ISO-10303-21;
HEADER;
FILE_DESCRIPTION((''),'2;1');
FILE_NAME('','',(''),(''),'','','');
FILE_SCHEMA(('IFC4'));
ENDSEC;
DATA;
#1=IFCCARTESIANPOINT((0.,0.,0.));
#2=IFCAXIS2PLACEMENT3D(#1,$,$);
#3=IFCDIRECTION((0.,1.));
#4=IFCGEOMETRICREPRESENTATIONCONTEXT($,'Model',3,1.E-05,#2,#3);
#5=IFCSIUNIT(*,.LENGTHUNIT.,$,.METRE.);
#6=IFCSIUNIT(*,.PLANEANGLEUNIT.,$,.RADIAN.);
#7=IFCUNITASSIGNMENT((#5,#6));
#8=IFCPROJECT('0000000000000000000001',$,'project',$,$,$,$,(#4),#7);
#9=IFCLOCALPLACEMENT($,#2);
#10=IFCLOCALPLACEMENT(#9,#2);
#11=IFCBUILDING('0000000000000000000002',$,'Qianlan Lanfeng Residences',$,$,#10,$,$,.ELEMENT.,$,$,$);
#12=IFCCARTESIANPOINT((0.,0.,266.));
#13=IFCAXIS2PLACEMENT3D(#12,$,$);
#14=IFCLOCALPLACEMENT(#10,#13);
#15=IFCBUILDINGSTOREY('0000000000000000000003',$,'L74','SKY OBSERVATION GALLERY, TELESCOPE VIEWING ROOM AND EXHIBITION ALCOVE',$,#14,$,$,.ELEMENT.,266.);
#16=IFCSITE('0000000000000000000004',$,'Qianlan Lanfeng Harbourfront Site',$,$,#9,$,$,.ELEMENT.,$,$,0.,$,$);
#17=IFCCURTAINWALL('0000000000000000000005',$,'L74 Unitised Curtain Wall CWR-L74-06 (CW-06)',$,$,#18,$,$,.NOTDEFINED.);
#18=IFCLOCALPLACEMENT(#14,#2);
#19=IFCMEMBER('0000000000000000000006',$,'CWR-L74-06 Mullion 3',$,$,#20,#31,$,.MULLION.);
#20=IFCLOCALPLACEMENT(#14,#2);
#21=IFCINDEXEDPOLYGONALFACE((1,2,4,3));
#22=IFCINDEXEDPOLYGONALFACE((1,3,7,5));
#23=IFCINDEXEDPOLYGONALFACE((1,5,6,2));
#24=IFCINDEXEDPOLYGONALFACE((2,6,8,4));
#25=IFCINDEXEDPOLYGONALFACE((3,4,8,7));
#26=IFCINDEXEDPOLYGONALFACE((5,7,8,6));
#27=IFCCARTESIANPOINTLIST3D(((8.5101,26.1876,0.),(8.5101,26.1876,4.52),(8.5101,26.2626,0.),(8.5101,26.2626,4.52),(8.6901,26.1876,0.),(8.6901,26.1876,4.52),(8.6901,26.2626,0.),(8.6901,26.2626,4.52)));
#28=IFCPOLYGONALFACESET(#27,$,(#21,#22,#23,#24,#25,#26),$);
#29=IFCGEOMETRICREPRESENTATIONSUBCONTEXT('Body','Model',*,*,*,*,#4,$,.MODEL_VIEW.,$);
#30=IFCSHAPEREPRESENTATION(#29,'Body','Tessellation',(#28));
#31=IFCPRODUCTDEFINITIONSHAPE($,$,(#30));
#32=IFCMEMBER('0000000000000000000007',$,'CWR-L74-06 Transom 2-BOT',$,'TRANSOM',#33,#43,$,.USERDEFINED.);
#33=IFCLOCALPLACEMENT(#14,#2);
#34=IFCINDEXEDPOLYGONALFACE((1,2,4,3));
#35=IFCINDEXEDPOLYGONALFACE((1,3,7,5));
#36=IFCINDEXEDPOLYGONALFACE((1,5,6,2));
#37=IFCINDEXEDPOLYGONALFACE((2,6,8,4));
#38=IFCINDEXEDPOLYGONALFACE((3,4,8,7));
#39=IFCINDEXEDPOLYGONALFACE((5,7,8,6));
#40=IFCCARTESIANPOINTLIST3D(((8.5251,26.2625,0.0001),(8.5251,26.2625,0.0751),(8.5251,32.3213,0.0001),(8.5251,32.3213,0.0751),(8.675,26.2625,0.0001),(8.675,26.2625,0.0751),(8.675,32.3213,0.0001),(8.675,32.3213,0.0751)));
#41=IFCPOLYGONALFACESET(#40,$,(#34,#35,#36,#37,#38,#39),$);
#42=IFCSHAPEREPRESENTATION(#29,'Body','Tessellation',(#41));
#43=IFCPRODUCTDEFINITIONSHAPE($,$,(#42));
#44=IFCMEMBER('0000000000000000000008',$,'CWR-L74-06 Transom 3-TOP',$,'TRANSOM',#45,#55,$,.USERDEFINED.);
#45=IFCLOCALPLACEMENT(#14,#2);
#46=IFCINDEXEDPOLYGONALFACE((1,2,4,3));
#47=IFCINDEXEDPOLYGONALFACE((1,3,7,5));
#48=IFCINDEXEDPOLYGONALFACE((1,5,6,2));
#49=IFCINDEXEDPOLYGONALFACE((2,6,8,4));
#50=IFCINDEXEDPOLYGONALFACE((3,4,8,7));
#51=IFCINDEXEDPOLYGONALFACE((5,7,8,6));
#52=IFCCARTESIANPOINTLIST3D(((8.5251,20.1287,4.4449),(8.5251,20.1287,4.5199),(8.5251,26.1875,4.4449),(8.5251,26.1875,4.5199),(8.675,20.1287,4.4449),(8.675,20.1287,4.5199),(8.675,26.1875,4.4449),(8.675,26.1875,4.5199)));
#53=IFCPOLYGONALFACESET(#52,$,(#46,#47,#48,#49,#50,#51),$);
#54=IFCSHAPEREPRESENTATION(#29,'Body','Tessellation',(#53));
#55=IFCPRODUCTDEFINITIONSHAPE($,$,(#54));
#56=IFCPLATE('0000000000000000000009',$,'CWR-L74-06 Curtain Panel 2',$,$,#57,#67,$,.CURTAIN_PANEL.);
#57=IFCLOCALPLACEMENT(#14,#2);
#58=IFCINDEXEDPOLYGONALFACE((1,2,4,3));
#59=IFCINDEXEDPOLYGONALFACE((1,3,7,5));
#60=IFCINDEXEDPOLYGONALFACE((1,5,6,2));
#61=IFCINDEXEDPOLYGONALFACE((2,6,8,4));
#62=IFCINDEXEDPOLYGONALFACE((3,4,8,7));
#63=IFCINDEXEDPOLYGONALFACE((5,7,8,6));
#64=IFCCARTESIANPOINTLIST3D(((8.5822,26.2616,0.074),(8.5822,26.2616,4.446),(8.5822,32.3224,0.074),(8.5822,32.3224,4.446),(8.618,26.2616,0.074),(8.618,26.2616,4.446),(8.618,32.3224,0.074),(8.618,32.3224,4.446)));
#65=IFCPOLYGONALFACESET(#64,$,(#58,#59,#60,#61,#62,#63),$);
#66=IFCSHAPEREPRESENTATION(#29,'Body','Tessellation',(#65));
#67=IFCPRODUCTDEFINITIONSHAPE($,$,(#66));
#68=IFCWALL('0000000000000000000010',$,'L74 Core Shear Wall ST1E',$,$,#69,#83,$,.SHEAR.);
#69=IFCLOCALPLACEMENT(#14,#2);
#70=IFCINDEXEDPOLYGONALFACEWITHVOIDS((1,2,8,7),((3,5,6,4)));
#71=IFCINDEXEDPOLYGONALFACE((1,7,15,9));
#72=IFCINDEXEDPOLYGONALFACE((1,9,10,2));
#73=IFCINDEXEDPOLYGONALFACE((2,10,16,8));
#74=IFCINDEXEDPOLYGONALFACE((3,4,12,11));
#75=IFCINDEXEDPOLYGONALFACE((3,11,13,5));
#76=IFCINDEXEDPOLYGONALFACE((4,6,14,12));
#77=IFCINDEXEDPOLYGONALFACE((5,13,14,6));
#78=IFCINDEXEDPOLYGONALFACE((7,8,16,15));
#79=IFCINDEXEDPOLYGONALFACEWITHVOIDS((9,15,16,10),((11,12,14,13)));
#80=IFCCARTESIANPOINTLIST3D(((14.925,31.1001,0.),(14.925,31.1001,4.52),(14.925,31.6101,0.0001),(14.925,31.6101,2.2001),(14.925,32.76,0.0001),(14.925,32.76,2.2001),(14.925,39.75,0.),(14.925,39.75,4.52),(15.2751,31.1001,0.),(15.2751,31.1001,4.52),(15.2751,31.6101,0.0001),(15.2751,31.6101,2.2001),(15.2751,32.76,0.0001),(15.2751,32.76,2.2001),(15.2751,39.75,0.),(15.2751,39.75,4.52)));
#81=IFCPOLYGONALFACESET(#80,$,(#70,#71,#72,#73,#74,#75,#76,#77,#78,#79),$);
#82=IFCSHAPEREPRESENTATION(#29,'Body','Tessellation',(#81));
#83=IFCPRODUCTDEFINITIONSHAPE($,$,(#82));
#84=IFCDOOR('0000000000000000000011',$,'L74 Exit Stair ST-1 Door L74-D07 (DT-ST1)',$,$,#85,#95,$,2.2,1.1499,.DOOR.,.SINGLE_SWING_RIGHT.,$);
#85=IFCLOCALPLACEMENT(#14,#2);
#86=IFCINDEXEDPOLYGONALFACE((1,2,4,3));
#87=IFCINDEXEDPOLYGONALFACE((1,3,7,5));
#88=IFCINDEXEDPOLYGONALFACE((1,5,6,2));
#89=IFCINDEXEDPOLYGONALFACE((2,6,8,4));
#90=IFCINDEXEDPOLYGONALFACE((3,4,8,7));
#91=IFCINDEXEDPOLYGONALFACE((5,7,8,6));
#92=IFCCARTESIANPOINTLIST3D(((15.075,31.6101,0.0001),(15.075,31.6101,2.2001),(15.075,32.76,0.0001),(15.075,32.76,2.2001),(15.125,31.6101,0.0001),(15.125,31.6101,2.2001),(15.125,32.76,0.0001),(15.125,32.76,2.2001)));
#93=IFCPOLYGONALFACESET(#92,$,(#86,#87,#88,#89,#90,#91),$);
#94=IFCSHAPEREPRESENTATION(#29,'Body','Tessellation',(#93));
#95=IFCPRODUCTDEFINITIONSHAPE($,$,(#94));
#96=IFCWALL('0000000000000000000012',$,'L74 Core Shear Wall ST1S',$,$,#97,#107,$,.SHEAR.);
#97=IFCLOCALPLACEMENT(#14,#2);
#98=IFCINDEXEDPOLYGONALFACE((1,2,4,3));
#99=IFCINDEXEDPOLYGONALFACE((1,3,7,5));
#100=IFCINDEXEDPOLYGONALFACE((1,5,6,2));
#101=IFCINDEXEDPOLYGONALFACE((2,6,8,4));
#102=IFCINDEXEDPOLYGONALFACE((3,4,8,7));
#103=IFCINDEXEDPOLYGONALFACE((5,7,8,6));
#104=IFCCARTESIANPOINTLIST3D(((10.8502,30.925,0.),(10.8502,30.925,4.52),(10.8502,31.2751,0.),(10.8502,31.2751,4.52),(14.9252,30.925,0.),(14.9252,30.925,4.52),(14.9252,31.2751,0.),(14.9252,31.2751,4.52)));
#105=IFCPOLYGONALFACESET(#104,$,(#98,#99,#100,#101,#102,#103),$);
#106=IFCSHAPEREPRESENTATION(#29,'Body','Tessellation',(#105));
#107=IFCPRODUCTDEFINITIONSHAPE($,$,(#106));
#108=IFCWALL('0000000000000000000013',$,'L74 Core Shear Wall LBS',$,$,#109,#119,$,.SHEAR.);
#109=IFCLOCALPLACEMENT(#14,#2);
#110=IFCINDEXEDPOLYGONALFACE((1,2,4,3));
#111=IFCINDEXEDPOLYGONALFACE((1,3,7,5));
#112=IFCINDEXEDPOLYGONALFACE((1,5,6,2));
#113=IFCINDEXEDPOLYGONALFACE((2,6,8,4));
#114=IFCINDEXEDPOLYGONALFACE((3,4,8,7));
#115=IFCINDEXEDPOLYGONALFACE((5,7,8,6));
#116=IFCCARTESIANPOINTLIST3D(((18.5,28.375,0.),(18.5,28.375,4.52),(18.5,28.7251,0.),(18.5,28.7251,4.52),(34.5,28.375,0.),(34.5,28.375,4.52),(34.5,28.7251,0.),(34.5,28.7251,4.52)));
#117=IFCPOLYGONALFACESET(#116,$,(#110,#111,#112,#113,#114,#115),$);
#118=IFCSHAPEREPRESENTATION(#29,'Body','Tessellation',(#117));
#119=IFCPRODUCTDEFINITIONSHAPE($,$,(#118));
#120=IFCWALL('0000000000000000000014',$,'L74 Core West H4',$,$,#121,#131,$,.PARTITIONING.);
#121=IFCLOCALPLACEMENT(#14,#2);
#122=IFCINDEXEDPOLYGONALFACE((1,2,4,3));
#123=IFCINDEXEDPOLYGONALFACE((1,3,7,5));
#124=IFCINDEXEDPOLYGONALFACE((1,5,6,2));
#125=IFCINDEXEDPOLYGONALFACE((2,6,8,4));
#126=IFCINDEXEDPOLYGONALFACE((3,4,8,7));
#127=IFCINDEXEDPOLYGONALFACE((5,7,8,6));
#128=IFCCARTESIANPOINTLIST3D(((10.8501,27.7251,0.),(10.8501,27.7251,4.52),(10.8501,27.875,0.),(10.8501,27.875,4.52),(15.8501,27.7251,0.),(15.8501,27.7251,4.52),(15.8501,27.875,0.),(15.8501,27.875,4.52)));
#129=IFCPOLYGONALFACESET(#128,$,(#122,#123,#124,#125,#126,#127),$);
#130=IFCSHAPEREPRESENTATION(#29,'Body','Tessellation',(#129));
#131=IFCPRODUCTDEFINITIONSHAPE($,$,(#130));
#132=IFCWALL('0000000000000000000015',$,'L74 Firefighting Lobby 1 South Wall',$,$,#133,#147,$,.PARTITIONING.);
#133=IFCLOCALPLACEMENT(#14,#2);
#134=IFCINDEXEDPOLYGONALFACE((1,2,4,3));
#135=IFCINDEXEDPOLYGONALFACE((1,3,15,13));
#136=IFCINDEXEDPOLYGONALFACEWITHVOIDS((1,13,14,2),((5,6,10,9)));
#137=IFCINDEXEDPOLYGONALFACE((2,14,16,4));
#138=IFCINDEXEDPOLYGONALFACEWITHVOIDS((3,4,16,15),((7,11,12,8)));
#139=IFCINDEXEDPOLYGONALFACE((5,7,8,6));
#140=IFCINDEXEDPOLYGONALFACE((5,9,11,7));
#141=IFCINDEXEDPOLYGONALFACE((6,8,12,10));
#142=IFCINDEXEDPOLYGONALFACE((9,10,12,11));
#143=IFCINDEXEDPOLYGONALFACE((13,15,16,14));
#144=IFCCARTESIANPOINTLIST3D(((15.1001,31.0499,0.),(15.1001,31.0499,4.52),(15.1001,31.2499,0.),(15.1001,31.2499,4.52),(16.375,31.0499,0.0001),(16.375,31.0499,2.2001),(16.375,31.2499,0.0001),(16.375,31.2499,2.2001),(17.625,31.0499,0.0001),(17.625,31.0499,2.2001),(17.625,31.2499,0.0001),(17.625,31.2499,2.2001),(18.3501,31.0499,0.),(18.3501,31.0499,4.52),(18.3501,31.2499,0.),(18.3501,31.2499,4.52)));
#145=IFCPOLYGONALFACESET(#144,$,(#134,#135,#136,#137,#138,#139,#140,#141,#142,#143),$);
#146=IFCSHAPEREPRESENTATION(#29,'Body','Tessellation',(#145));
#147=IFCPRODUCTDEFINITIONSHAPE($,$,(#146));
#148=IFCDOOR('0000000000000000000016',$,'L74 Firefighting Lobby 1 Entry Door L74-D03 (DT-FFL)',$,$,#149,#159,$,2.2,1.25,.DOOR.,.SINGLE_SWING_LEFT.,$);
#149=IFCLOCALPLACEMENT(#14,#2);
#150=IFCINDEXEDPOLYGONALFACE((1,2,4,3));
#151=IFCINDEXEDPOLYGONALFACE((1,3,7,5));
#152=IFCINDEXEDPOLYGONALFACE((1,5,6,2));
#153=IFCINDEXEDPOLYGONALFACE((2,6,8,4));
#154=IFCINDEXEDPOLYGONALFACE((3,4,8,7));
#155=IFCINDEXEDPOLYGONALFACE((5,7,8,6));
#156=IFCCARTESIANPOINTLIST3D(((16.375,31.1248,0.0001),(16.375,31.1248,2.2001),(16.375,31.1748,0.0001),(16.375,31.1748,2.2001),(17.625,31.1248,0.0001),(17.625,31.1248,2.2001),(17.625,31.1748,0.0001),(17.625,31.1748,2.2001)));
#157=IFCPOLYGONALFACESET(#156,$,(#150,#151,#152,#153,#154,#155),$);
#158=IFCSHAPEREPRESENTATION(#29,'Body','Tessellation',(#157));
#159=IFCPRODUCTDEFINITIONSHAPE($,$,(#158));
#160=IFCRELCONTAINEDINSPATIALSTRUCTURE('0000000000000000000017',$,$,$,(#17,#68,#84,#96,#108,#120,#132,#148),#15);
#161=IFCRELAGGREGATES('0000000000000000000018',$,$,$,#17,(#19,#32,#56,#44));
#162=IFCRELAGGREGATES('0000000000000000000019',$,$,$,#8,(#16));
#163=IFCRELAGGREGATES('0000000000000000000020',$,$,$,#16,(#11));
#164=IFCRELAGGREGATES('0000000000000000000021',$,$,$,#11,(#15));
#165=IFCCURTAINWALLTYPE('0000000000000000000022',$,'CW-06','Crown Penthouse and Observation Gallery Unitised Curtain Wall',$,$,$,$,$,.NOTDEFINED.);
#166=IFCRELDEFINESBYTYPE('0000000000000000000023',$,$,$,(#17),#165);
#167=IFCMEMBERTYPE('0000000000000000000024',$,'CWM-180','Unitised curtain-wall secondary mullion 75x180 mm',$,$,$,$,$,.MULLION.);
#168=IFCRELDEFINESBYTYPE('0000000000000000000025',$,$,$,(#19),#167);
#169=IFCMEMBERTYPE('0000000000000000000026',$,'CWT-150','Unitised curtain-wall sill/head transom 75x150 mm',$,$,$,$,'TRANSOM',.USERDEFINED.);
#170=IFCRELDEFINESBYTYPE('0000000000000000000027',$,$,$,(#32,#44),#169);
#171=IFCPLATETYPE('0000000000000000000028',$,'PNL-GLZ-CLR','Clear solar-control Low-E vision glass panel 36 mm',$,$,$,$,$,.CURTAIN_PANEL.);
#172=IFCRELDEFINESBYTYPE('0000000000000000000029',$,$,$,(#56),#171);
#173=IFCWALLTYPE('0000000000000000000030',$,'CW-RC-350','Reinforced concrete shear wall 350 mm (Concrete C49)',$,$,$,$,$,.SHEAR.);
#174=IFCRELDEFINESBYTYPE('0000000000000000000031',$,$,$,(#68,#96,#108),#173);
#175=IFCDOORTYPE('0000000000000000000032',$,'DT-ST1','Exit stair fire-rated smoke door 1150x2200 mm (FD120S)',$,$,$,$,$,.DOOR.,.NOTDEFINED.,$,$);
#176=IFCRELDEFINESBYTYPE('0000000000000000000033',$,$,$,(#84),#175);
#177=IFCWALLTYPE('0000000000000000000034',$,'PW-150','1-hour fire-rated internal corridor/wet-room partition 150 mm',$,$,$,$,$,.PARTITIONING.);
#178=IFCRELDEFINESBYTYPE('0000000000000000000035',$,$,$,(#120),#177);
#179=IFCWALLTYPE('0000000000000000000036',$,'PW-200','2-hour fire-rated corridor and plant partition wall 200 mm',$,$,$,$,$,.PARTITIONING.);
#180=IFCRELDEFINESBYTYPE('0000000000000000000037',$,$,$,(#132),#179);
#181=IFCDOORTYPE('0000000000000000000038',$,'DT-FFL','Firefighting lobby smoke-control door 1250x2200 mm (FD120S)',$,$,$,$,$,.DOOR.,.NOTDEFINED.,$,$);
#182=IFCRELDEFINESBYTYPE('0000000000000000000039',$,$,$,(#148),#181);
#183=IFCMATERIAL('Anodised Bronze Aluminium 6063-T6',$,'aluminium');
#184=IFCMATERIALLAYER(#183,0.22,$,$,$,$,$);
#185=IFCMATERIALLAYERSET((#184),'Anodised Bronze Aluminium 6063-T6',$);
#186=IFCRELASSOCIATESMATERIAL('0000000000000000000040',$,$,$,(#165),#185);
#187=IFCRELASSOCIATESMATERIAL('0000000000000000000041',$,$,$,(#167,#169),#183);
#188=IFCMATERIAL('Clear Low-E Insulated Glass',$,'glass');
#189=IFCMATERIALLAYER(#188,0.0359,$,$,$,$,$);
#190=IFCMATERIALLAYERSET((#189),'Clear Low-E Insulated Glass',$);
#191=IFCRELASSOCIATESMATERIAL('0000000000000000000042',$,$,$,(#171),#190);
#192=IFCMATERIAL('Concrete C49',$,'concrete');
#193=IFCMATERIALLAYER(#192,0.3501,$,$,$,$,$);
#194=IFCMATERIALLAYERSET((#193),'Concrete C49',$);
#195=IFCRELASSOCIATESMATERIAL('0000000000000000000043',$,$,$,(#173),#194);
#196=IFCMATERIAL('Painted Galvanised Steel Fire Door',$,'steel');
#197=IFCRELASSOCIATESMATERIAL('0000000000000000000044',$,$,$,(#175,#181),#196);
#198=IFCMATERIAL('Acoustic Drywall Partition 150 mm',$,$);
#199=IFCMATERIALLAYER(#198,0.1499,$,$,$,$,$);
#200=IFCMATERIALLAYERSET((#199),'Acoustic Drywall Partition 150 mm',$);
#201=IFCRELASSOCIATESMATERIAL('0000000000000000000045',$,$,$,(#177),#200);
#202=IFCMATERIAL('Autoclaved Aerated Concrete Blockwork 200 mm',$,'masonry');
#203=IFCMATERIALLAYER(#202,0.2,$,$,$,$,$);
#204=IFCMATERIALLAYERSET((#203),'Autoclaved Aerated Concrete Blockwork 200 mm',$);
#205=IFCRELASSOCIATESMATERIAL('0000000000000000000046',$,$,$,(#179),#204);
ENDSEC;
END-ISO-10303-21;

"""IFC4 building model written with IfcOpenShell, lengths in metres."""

from ifc_helpers import new_model, si_unit, direction, frame, frame_2d, origin, origin_2d, place, context, subcontext, project, spatial, rectangle, extrude, source, transform, mapped, material, layer, layer_set, material_profile, profile_set, type_object, element, fill, aggregate, save


model = new_model("IFC4")

# Units and contexts
model_context = context("Model", 3, precision=1e-05, world=origin(), true_north=direction((0.0, 1.0)))
body_context = subcontext(model_context, "Body", "Model", "MODEL_VIEW")
ifc_project = project(units=[si_unit("LENGTHUNIT", "METRE"), si_unit("PLANEANGLEUNIT", "RADIAN")], contexts=[model_context])

# Site, building, storey
site_placement = place(None, origin())
site = spatial("IfcSite", under=ifc_project, at=site_placement, Name="Qianlan Lanfeng Harbourfront Site", CompositionType="ELEMENT", RefElevation=0.0)
building_placement = place(site_placement, origin())
building = spatial("IfcBuilding", under=site, at=building_placement, Name="Qianlan Lanfeng Residences", CompositionType="ELEMENT")
storey_placement = place(building_placement, frame((0.0, 0.0, 266.0)))
storey = spatial("IfcBuildingStorey", under=building, at=storey_placement, Name="L74", Description="SKY OBSERVATION GALLERY, TELESCOPE VIEWING ROOM AND EXHIBITION ALCOVE", CompositionType="ELEMENT", Elevation=266.0)

# Curtain wall, members, plate
ifc_material_1 = material(Name="Anodised Bronze Aluminium 6063-T6", Category="aluminium")
ifc_layer_1 = layer(ifc_material_1, 0.22)
ifc_layer_set_1 = layer_set([ifc_layer_1], Name="Anodised Bronze Aluminium 6063-T6")
curtain_wall_type = type_object("IfcCurtainWallType", Name="CW-06", Description="Crown Penthouse and Observation Gallery Unitised Curtain Wall", PredefinedType="NOTDEFINED", material=ifc_layer_set_1)
curtain_wall_placement = place(storey_placement, origin())
curtain_wall = element("IfcCurtainWall", 1, at=curtain_wall_placement, inside=storey, type_object=curtain_wall_type, Name="L74 Unitised Curtain Wall CWR-L74-06 (CW-06)", PredefinedType="NOTDEFINED")
ifc_material_profile_1 = material_profile(ifc_material_1, rectangle(XDim=0.075, YDim=0.1799, at=origin_2d()), Name="ALU MULLION 75x180")
ifc_profile_set_1 = profile_set([ifc_material_profile_1], Name="Anodised Bronze Aluminium 6063-T6")
member_type_1 = type_object("IfcMemberType", Name="CWM-180", Description="Unitised curtain-wall secondary mullion 75x180 mm", PredefinedType="MULLION", material=ifc_profile_set_1)
shared_shape_1 = source(origin(), body_context, "Body", "SweptSolid", [
    extrude(rectangle(XDim=0.075, YDim=0.1799, at=origin_2d()), origin(), (0.0, 0.0, 1.0), 4.52),
])
member_1_placement = place(storey_placement, frame((8.6001, 26.2251, 0.0), z_axis=(0.0, 0.0, 1.0), x_axis=(0.0, -1.0, 0.0)))
member_1 = element("IfcMember", 2, at=member_1_placement, type_object=member_type_1, Name="CWR-L74-06 Mullion 3", PredefinedType="MULLION", context=body_context, shape_type="MappedRepresentation", body=[
    mapped(shared_shape_1, transform((0.0, 0.0, 0.0), scale=1.0)),
])
ifc_material_profile_2 = material_profile(ifc_material_1, rectangle(XDim=0.075, YDim=0.1499, at=origin_2d()), Name="ALU TRANSOM 75x150")
ifc_profile_set_2 = profile_set([ifc_material_profile_2], Name="Anodised Bronze Aluminium 6063-T6")
member_type_2 = type_object("IfcMemberType", Name="CWT-150", Description="Unitised curtain-wall sill/head transom 75x150 mm", ElementType="TRANSOM", PredefinedType="USERDEFINED", material=ifc_profile_set_2)
shared_shape_2 = source(origin(), body_context, "Body", "SweptSolid", [
    extrude(rectangle(XDim=0.075, YDim=0.1499, at=origin_2d()), origin(), (0.0, 0.0, 1.0), 6.0588),
])
member_2_placement = place(storey_placement, frame((8.6001, 32.3213, 0.0376), z_axis=(0.0, -1.0, 0.0), x_axis=(0.0, 0.0, 1.0)))
member_2 = element("IfcMember", 3, at=member_2_placement, type_object=member_type_2, Name="CWR-L74-06 Transom 2-BOT", ObjectType="TRANSOM", PredefinedType="USERDEFINED", context=body_context, shape_type="MappedRepresentation", body=[
    mapped(shared_shape_2, transform((0.0, 0.0, 0.0), scale=1.0)),
])
member_3_placement = place(storey_placement, frame((8.6001, 26.1875, 4.4824), z_axis=(0.0, -1.0, 0.0), x_axis=(0.0, 0.0, 1.0)))
member_3 = element("IfcMember", 4, at=member_3_placement, type_object=member_type_2, Name="CWR-L74-06 Transom 3-TOP", ObjectType="TRANSOM", PredefinedType="USERDEFINED", context=body_context, shape_type="MappedRepresentation", body=[
    mapped(shared_shape_2, transform((0.0, 0.0, 0.0), scale=1.0)),
])
ifc_material_2 = material(Name="Clear Low-E Insulated Glass", Category="glass")
ifc_layer_2 = layer(ifc_material_2, 0.0359)
ifc_layer_set_2 = layer_set([ifc_layer_2], Name="Clear Low-E Insulated Glass")
plate_type = type_object("IfcPlateType", Name="PNL-GLZ-CLR", Description="Clear solar-control Low-E vision glass panel 36 mm", PredefinedType="CURTAIN_PANEL", material=ifc_layer_set_2)
shared_shape_3 = source(origin(), body_context, "Body", "SweptSolid", [
    extrude(rectangle(XDim=6.0608, YDim=0.0359, at=origin_2d()), origin(), (0.0, 0.0, 1.0), 4.3721),
])
plate_placement = place(storey_placement, frame((8.6001, 29.292, 0.074), z_axis=(0.0, 0.0, 1.0), x_axis=(0.0, -1.0, 0.0)))
plate = element("IfcPlate", 5, at=plate_placement, type_object=plate_type, Name="CWR-L74-06 Curtain Panel 2", PredefinedType="CURTAIN_PANEL", context=body_context, shape_type="MappedRepresentation", body=[
    mapped(shared_shape_3, transform((0.0, 0.0, 0.0), scale=1.0)),
])
aggregate(curtain_wall, [member_1, member_2, plate, member_3])

# Wall, opening, door
ifc_material_3 = material(Name="Concrete C49", Category="concrete")
ifc_layer_3 = layer(ifc_material_3, 0.3501)
ifc_layer_set_3 = layer_set([ifc_layer_3], Name="Concrete C49")
wall_type_1 = type_object("IfcWallType", Name="CW-RC-350", Description="Reinforced concrete shear wall 350 mm (Concrete C49)", PredefinedType="SHEAR", material=ifc_layer_set_3)
wall_1_placement = place(storey_placement, frame((15.1001, 31.1001, 0.0), z_axis=(0.0, 0.0, 1.0), x_axis=(0.0, 1.0, 0.0)))
wall_1 = element("IfcWall", 6, at=wall_1_placement, inside=storey, type_object=wall_type_1, Name="L74 Core Shear Wall ST1E", PredefinedType="SHEAR", context=body_context, shape_type="SweptSolid", body=[
    extrude(rectangle(XDim=8.6499, YDim=0.3501, at=frame_2d((4.325, 0.0))), origin(), (0.0, 0.0, 1.0), 4.52),
])
opening_1_placement = place(wall_1_placement, frame((0.51, 0.0, 0.0)))
opening_1 = element("IfcOpeningElement", 7, at=opening_1_placement, cuts=wall_1, PredefinedType="OPENING", context=body_context, shape_type="SweptSolid", body=[
    extrude(rectangle(XDim=1.1499, YDim=2.2, at=frame_2d((0.575, 1.1001))), frame((0.0, 0.1851, 0.0), z_axis=(0.0, -1.0, 0.0), x_axis=(1.0, 0.0, 0.0)), (0.0, 0.0, 1.0), 0.3701),
])
ifc_material_4 = material(Name="Painted Galvanised Steel Fire Door", Category="steel")
door_type_1 = type_object("IfcDoorType", Name="DT-ST1", Description="Exit stair fire-rated smoke door 1150x2200 mm (FD120S)", OperationType="NOTDEFINED", PredefinedType="DOOR", material=ifc_material_4)
door_1_placement = place(opening_1_placement, frame((1.1499, 0.0, 0.0), z_axis=(0.0, 0.0, 1.0), x_axis=(-1.0, 0.0, 0.0)))
door_1 = element("IfcDoor", 8, at=door_1_placement, inside=storey, type_object=door_type_1, Name="L74 Exit Stair ST-1 Door L74-D07 (DT-ST1)", OperationType="SINGLE_SWING_RIGHT", OverallHeight=2.2, OverallWidth=1.1499, PredefinedType="DOOR", context=body_context, shape_type="SweptSolid", body=[
    extrude(rectangle(XDim=1.1499, YDim=2.2, at=frame_2d((0.575, 1.1001))), frame((0.0, 0.0249, 0.0), z_axis=(0.0, -1.0, 0.0), x_axis=(1.0, 0.0, 0.0)), (0.0, 0.0, 1.0), 0.05),
])
fill(opening_1, door_1)

# Walls
wall_2_placement = place(storey_placement, frame((10.8501, 31.1001, 0.0), z_axis=(0.0, 0.0, 1.0), x_axis=(1.0, 0.0, 0.0)))
element("IfcWall", 9, at=wall_2_placement, inside=storey, type_object=wall_type_1, Name="L74 Core Shear Wall ST1S", PredefinedType="SHEAR", context=body_context, shape_type="SweptSolid", body=[
    extrude(rectangle(XDim=4.075, YDim=0.3501, at=frame_2d((2.0376, 0.0))), origin(), (0.0, 0.0, 1.0), 4.52),
])
wall_3_placement = place(storey_placement, frame((18.5, 28.55, 0.0), z_axis=(0.0, 0.0, 1.0), x_axis=(1.0, 0.0, 0.0)))
element("IfcWall", 10, at=wall_3_placement, inside=storey, type_object=wall_type_1, Name="L74 Core Shear Wall LBS", PredefinedType="SHEAR", context=body_context, shape_type="SweptSolid", body=[
    extrude(rectangle(XDim=16.0, YDim=0.3501, at=frame_2d((8.0, 0.0))), origin(), (0.0, 0.0, 1.0), 4.52),
])
ifc_material_5 = material(Name="Acoustic Drywall Partition 150 mm")
ifc_layer_4 = layer(ifc_material_5, 0.1499)
ifc_layer_set_4 = layer_set([ifc_layer_4], Name="Acoustic Drywall Partition 150 mm")
wall_type_2 = type_object("IfcWallType", Name="PW-150", Description="1-hour fire-rated internal corridor/wet-room partition 150 mm", PredefinedType="PARTITIONING", material=ifc_layer_set_4)
wall_4_placement = place(storey_placement, frame((10.8501, 27.8, 0.0), z_axis=(0.0, 0.0, 1.0), x_axis=(1.0, 0.0, 0.0)))
element("IfcWall", 11, at=wall_4_placement, inside=storey, type_object=wall_type_2, Name="L74 Core West H4", PredefinedType="PARTITIONING", context=body_context, shape_type="SweptSolid", body=[
    extrude(rectangle(XDim=5.0, YDim=0.1499, at=frame_2d((2.5, 0.0))), origin(), (0.0, 0.0, 1.0), 4.52),
])

# Wall, opening, door
ifc_material_6 = material(Name="Autoclaved Aerated Concrete Blockwork 200 mm", Category="masonry")
ifc_layer_5 = layer(ifc_material_6, 0.2)
ifc_layer_set_5 = layer_set([ifc_layer_5], Name="Autoclaved Aerated Concrete Blockwork 200 mm")
wall_type_3 = type_object("IfcWallType", Name="PW-200", Description="2-hour fire-rated corridor and plant partition wall 200 mm", PredefinedType="PARTITIONING", material=ifc_layer_set_5)
wall_5_placement = place(storey_placement, frame((15.1001, 31.1499, 0.0), z_axis=(0.0, 0.0, 1.0), x_axis=(1.0, 0.0, 0.0)))
wall_5 = element("IfcWall", 12, at=wall_5_placement, inside=storey, type_object=wall_type_3, Name="L74 Firefighting Lobby 1 South Wall", PredefinedType="PARTITIONING", context=body_context, shape_type="SweptSolid", body=[
    extrude(rectangle(XDim=3.25, YDim=0.2, at=frame_2d((1.625, 0.0))), origin(), (0.0, 0.0, 1.0), 4.52),
])
opening_2_placement = place(wall_5_placement, frame((1.2749, 0.0, 0.0)))
opening_2 = element("IfcOpeningElement", 13, at=opening_2_placement, cuts=wall_5, PredefinedType="OPENING", context=body_context, shape_type="SweptSolid", body=[
    extrude(rectangle(XDim=1.25, YDim=2.2, at=frame_2d((0.625, 1.1001))), frame((0.0, 0.1099, 0.0), z_axis=(0.0, -1.0, 0.0), x_axis=(1.0, 0.0, 0.0)), (0.0, 0.0, 1.0), 0.22),
])
door_type_2 = type_object("IfcDoorType", Name="DT-FFL", Description="Firefighting lobby smoke-control door 1250x2200 mm (FD120S)", OperationType="NOTDEFINED", PredefinedType="DOOR", material=ifc_material_4)
door_2_placement = place(opening_2_placement, origin())
door_2 = element("IfcDoor", 14, at=door_2_placement, inside=storey, type_object=door_type_2, Name="L74 Firefighting Lobby 1 Entry Door L74-D03 (DT-FFL)", OperationType="SINGLE_SWING_LEFT", OverallHeight=2.2, OverallWidth=1.25, PredefinedType="DOOR", context=body_context, shape_type="SweptSolid", body=[
    extrude(rectangle(XDim=1.25, YDim=2.2, at=frame_2d((0.625, 1.1001))), frame((0.0, 0.0249, 0.0), z_axis=(0.0, -1.0, 0.0), x_axis=(1.0, 0.0, 0.0)), (0.0, 0.0, 1.0), 0.05),
])
fill(opening_2, door_2)

save(model, "model.ifc")
